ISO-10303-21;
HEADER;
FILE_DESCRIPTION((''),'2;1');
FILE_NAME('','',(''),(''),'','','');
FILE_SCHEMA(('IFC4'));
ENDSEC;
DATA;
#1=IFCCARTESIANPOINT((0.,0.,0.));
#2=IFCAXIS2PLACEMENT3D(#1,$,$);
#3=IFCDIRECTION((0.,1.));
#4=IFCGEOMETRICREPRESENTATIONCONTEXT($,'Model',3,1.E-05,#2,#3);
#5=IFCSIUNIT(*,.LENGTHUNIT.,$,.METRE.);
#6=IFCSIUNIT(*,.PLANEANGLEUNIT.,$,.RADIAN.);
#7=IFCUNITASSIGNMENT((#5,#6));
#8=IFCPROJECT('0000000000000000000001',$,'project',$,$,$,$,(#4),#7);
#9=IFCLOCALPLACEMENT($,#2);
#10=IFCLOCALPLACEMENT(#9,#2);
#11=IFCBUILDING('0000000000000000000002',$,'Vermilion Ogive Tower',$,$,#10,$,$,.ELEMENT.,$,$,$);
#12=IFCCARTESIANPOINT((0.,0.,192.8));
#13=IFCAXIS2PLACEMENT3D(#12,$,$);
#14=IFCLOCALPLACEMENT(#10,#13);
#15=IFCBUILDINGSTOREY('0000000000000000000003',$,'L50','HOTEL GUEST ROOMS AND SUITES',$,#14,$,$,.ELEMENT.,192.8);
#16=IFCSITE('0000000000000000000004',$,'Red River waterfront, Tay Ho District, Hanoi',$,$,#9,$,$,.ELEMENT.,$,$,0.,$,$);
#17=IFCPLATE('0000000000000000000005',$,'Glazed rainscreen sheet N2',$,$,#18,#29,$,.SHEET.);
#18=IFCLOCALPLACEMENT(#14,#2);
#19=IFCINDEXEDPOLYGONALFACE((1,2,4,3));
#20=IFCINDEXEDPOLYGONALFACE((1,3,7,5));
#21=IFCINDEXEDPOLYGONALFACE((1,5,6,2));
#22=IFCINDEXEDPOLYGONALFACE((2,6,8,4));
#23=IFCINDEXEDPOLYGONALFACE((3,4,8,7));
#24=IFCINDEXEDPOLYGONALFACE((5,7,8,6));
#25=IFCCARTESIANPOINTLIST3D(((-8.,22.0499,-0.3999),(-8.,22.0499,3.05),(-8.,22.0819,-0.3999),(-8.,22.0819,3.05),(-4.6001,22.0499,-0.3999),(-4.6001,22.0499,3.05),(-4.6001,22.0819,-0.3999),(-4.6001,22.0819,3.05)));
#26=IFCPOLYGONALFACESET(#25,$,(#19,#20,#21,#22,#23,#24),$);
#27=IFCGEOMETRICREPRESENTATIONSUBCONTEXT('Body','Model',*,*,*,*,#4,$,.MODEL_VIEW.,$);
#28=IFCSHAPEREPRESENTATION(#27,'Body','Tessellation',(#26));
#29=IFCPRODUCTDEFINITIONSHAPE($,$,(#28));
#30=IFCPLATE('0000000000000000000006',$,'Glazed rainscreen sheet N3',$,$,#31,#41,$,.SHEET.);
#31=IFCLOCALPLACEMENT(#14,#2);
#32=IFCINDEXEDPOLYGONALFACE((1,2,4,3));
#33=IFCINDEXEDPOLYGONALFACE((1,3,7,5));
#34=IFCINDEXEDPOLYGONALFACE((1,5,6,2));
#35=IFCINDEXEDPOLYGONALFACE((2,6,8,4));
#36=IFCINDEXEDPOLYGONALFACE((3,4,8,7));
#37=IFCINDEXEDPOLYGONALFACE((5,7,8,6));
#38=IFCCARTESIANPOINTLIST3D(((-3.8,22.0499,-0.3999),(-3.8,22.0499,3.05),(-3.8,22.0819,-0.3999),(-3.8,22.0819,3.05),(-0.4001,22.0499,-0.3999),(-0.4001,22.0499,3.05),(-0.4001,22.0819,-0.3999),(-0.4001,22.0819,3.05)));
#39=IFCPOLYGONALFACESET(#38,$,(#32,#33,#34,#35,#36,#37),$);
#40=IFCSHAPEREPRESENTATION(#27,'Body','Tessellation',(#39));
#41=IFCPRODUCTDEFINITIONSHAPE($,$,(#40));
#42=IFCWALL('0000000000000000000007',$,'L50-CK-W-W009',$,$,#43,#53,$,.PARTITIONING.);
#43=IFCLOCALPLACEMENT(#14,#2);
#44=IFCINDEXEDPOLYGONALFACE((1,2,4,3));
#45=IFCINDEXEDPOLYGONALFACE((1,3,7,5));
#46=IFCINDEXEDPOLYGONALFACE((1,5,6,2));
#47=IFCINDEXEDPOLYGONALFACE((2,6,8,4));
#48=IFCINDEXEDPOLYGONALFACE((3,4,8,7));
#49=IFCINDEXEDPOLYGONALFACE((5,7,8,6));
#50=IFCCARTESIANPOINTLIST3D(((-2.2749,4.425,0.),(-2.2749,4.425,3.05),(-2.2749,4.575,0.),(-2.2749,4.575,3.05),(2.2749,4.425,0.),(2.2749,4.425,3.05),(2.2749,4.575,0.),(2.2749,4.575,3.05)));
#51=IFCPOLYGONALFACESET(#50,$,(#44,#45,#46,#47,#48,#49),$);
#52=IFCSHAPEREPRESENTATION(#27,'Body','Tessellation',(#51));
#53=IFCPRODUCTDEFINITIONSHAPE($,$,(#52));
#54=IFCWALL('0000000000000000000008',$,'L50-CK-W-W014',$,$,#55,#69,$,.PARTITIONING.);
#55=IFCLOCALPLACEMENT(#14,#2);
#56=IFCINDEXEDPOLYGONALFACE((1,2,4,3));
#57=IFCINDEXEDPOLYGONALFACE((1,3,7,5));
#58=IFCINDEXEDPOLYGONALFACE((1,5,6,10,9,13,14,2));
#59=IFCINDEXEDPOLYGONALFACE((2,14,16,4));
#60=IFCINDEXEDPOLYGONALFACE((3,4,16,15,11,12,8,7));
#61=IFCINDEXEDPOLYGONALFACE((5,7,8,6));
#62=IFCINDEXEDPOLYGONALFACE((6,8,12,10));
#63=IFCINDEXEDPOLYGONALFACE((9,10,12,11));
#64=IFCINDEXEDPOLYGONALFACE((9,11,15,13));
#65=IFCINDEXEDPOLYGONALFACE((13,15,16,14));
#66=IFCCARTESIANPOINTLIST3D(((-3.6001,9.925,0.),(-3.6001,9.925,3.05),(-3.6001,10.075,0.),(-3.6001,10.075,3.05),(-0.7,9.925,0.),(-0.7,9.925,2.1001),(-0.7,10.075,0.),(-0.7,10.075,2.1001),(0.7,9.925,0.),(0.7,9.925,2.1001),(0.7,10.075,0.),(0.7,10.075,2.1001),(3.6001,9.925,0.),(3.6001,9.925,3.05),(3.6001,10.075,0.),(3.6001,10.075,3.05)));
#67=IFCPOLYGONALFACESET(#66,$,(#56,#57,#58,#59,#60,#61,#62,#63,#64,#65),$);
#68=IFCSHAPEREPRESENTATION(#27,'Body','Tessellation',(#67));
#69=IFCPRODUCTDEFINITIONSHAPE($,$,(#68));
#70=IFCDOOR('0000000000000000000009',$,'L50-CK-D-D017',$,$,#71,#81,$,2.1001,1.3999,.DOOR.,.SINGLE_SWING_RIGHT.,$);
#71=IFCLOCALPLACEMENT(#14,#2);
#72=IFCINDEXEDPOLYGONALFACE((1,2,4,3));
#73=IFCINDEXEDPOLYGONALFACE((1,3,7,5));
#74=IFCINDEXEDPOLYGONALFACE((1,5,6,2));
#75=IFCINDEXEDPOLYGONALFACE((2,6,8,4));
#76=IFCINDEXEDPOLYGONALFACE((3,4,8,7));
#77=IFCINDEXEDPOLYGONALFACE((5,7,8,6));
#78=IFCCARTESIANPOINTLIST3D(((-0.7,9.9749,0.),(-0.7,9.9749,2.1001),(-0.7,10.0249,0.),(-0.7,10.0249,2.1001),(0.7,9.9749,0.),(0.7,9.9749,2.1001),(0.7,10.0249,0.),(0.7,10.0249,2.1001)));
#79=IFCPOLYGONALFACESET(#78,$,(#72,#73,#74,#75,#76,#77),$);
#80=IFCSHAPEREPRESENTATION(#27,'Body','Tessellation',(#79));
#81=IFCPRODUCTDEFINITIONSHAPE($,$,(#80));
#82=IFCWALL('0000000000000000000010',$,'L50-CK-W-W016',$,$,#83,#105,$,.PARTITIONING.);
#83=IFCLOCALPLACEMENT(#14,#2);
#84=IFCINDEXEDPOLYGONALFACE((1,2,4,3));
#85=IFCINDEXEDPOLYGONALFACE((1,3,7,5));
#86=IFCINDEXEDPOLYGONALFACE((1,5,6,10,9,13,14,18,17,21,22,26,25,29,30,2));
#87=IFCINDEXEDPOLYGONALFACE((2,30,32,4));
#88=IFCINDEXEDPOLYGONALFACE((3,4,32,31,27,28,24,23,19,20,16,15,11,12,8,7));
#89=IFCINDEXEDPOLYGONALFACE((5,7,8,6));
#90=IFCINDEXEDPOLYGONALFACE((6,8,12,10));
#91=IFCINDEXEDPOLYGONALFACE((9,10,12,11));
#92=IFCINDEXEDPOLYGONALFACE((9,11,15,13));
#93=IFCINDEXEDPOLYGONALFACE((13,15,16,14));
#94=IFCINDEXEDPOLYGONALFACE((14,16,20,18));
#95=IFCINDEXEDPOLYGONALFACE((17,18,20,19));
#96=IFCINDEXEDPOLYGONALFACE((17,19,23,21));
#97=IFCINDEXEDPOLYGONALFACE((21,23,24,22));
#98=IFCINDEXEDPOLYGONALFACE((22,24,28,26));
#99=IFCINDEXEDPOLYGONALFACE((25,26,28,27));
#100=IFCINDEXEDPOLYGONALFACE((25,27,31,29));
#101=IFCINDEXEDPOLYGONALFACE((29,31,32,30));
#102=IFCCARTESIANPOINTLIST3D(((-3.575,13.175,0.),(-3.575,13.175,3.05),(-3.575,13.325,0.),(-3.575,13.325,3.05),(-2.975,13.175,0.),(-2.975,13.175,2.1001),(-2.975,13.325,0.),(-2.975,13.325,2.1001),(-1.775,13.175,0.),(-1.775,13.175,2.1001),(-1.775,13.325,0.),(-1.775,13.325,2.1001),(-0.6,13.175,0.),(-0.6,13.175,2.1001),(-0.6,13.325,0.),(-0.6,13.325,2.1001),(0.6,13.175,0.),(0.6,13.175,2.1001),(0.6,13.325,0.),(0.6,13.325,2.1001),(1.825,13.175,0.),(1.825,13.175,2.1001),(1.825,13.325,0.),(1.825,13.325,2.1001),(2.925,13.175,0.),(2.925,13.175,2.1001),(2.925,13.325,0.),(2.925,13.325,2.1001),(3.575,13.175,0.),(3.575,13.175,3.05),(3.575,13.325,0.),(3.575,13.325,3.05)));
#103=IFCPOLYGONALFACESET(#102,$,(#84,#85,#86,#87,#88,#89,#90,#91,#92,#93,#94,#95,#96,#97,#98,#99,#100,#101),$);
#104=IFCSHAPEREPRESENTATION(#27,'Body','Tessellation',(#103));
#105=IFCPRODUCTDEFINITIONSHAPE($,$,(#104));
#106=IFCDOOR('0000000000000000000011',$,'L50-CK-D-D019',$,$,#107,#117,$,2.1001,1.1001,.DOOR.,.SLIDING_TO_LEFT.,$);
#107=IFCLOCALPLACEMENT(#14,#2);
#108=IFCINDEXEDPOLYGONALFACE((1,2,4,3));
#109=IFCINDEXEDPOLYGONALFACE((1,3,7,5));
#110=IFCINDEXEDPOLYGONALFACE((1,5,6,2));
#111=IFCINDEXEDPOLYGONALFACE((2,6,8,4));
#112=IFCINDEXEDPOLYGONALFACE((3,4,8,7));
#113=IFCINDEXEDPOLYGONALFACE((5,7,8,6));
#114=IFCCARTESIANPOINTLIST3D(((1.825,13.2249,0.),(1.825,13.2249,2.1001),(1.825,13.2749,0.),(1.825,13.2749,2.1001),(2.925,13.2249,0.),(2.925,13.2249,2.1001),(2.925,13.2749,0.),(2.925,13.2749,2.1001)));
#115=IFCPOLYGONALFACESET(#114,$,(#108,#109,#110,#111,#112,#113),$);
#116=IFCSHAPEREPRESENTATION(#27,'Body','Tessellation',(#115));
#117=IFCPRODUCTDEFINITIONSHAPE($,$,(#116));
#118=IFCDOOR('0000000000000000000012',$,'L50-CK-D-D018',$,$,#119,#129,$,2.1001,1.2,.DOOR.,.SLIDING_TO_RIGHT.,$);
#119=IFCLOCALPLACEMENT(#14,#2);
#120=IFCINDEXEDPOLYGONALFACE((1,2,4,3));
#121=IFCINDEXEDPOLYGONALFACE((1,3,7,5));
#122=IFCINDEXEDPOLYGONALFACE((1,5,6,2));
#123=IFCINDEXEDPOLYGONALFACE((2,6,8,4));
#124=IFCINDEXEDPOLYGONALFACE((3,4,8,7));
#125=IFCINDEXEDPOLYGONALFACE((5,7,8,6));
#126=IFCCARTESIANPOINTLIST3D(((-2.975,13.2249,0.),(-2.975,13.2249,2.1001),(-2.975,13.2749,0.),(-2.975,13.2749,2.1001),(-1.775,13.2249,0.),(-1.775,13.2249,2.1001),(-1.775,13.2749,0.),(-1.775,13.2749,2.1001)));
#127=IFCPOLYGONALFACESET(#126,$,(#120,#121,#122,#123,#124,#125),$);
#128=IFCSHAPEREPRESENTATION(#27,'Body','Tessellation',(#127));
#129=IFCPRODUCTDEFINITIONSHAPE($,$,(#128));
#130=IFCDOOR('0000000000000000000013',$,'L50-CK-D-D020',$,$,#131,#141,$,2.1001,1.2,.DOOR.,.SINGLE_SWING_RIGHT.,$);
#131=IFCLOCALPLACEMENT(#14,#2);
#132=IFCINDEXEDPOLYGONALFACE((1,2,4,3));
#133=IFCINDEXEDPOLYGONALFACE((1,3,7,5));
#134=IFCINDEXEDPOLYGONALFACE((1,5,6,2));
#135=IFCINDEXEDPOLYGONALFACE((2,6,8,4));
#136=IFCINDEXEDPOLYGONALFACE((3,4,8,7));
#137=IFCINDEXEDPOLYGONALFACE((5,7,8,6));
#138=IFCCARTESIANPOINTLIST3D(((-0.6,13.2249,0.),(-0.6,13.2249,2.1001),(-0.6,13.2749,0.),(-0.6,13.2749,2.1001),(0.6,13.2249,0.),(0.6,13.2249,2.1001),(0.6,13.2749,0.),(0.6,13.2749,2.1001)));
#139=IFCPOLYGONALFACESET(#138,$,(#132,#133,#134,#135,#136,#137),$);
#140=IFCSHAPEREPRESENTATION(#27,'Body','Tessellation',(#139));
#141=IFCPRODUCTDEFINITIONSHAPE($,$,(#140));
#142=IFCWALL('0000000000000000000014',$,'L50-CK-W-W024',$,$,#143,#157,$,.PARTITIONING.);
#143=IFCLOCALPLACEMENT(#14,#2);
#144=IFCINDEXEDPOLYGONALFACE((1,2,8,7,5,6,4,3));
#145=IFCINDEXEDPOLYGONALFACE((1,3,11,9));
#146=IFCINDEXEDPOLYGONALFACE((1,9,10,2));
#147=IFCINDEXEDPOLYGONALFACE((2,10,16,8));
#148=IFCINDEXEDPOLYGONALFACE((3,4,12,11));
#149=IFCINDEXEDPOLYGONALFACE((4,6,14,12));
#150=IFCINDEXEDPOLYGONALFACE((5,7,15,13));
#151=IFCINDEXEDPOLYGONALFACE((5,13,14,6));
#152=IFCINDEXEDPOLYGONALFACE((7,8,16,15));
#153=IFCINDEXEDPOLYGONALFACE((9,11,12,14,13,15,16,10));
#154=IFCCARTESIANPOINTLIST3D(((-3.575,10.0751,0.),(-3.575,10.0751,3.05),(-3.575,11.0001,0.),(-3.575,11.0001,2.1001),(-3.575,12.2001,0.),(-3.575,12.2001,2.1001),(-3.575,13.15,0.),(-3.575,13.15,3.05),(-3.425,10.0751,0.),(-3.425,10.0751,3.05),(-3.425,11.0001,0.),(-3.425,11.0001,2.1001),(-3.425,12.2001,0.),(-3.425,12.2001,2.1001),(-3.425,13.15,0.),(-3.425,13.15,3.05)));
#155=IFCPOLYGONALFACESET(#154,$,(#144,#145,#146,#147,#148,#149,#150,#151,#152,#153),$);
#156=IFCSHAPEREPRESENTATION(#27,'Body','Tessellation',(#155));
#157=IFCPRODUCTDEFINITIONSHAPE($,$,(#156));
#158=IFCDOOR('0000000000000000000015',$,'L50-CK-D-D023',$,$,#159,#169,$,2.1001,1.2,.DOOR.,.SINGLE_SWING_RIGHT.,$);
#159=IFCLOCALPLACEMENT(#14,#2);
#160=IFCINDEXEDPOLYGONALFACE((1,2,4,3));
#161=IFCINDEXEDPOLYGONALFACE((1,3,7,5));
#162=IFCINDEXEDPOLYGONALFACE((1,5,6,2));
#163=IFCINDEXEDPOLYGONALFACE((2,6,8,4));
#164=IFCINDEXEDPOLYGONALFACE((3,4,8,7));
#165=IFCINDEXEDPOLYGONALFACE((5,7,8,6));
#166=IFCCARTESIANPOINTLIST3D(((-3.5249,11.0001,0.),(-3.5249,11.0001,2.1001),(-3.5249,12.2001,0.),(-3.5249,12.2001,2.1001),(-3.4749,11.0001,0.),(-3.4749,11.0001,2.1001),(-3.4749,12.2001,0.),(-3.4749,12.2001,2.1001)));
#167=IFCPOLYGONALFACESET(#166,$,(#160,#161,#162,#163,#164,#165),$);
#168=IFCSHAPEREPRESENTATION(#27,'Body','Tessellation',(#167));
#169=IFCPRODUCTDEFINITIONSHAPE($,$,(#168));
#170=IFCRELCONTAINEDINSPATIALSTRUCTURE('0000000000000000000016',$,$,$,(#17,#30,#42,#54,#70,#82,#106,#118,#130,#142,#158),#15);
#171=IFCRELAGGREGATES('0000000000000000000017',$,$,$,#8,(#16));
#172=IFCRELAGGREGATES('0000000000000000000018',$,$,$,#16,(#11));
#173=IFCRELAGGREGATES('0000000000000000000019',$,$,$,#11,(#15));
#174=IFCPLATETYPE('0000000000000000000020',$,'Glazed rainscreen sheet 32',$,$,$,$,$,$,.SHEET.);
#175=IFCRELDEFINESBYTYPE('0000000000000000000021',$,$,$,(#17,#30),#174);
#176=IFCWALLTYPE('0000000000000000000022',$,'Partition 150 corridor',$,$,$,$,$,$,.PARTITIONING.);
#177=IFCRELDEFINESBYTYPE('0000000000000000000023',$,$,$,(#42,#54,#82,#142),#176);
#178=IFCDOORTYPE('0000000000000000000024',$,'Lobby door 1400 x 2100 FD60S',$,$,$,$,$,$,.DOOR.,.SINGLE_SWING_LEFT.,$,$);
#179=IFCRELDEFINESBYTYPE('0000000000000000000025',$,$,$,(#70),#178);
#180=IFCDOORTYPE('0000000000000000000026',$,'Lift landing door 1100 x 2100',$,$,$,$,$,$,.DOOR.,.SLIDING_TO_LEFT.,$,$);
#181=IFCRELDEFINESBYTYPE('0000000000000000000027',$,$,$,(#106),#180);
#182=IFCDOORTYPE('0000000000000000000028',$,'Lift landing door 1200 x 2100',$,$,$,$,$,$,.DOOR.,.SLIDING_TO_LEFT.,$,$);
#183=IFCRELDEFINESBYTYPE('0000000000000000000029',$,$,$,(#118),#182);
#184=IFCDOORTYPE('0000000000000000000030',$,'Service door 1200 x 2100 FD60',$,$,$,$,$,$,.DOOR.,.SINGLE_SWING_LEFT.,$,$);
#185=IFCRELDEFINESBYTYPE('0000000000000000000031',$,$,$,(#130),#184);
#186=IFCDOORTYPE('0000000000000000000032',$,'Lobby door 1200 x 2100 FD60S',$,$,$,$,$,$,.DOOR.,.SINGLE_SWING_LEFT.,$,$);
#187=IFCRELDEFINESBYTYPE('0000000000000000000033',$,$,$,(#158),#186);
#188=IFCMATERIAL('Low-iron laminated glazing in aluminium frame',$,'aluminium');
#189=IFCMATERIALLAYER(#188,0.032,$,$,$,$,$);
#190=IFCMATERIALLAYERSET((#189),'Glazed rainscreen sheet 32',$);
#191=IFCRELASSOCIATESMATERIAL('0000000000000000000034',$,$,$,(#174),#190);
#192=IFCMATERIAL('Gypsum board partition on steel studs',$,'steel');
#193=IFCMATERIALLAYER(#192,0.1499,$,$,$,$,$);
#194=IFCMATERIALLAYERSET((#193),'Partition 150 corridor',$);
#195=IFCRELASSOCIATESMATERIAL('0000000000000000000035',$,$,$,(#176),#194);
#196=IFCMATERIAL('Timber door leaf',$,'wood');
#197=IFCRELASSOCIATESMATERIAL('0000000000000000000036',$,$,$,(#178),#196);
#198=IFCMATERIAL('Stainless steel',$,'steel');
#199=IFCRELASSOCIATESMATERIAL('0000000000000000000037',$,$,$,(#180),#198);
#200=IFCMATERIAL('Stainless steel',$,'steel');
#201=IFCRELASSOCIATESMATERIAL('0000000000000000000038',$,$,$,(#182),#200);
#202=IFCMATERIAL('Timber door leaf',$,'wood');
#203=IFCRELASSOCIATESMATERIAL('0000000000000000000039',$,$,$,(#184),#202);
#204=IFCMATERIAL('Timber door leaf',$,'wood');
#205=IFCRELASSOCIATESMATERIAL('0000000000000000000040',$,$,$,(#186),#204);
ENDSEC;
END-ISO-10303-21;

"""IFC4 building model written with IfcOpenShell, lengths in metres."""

from ifc_helpers import new_model, si_unit, direction, frame, frame_2d, origin, origin_2d, place, context, subcontext, project, spatial, rectangle, extrude, material, layer, layer_set, type_object, element, fill, save


model = new_model("IFC4")

# Units and contexts
model_context = context("Model", 3, precision=1e-05, world=origin(), true_north=direction((0.0, 1.0)))
body_context = subcontext(model_context, "Body", "Model", "MODEL_VIEW")
ifc_project = project(units=[si_unit("LENGTHUNIT", "METRE"), si_unit("PLANEANGLEUNIT", "RADIAN")], contexts=[model_context])

# Site, building, storey
site_placement = place(None, origin())
site = spatial("IfcSite", under=ifc_project, at=site_placement, Name="Red River waterfront, Tay Ho District, Hanoi", CompositionType="ELEMENT", RefElevation=0.0)
building_placement = place(site_placement, origin())
building = spatial("IfcBuilding", under=site, at=building_placement, Name="Vermilion Ogive Tower", CompositionType="ELEMENT")
storey_placement = place(building_placement, frame((0.0, 0.0, 192.8)))
storey = spatial("IfcBuildingStorey", under=building, at=storey_placement, Name="L50", Description="HOTEL GUEST ROOMS AND SUITES", CompositionType="ELEMENT", Elevation=192.8)

# Plates
ifc_material_1 = material(Name="Low-iron laminated glazing in aluminium frame", Category="aluminium")
ifc_layer_1 = layer(ifc_material_1, 0.032)
ifc_layer_set_1 = layer_set([ifc_layer_1], Name="Glazed rainscreen sheet 32")
plate_type = type_object("IfcPlateType", Name="Glazed rainscreen sheet 32", PredefinedType="SHEET", material=ifc_layer_set_1)
for number, where, z_axis, x_axis, name in (
    (1, (-6.3, 22.0659, -0.3999), (0.0, 0.0, 1.0), (1.0, 0.0, 0.0), "Glazed rainscreen sheet N2"),
    (2, (-2.1001, 22.0659, -0.3999), (0.0, 0.0, 1.0), (1.0, 0.0, 0.0), "Glazed rainscreen sheet N3"),
):
    element("IfcPlate", number, at=place(storey_placement, frame(where, z_axis=z_axis, x_axis=x_axis)), inside=storey, type_object=plate_type, Name=name, PredefinedType="SHEET", context=body_context, shape_type="SweptSolid", body=[
        extrude(rectangle(XDim=3.3999, YDim=0.032, at=origin_2d()), origin(), (0.0, 0.0, 1.0), 3.45),
    ])

# Wall
ifc_material_2 = material(Name="Gypsum board partition on steel studs", Category="steel")
ifc_layer_2 = layer(ifc_material_2, 0.1499)
ifc_layer_set_2 = layer_set([ifc_layer_2], Name="Partition 150 corridor")
wall_type_1 = type_object("IfcWallType", Name="Partition 150 corridor", PredefinedType="PARTITIONING", material=ifc_layer_set_2)
wall_1_placement = place(storey_placement, frame((-2.2749, 4.5, 0.0), z_axis=(0.0, 0.0, 1.0), x_axis=(1.0, 0.0, 0.0)))
element("IfcWall", 3, at=wall_1_placement, inside=storey, type_object=wall_type_1, Name="L50-CK-W-W009", PredefinedType="PARTITIONING", context=body_context, shape_type="SweptSolid", body=[
    extrude(rectangle(XDim=4.5498, YDim=0.1499, at=frame_2d((2.2749, 0.0))), origin(), (0.0, 0.0, 1.0), 3.05),
])

# Wall, opening, door
wall_2_placement = place(storey_placement, frame((-3.6001, 10.0, 0.0), z_axis=(0.0, 0.0, 1.0), x_axis=(1.0, 0.0, 0.0)))
wall_2 = element("IfcWall", 4, at=wall_2_placement, inside=storey, type_object=wall_type_1, Name="L50-CK-W-W014", PredefinedType="PARTITIONING", context=body_context, shape_type="SweptSolid", body=[
    extrude(rectangle(XDim=7.2002, YDim=0.1499, at=frame_2d((3.6001, 0.0))), origin(), (0.0, 0.0, 1.0), 3.05),
])
opening_1_placement = place(wall_2_placement, frame((2.9001, 0.0, 0.0)))
opening_1 = element("IfcOpeningElement", 5, at=opening_1_placement, cuts=wall_2, PredefinedType="OPENING", context=body_context, shape_type="SweptSolid", body=[
    extrude(rectangle(XDim=1.3999, YDim=2.1001, at=frame_2d((0.7, 1.05))), frame((0.0, 0.085, 0.0), z_axis=(0.0, -1.0, 0.0), x_axis=(1.0, 0.0, 0.0)), (0.0, 0.0, 1.0), 0.1699),
])
ifc_material_3 = material(Name="Timber door leaf", Category="wood")
door_type_1 = type_object("IfcDoorType", Name="Lobby door 1400 x 2100 FD60S", OperationType="SINGLE_SWING_LEFT", PredefinedType="DOOR", material=ifc_material_3)
door_1_placement = place(opening_1_placement, origin())
door_1 = element("IfcDoor", 6, at=door_1_placement, inside=storey, type_object=door_type_1, Name="L50-CK-D-D017", OperationType="SINGLE_SWING_RIGHT", OverallHeight=2.1001, OverallWidth=1.3999, PredefinedType="DOOR", context=body_context, shape_type="SweptSolid", body=[
    extrude(rectangle(XDim=1.3999, YDim=2.1001, at=frame_2d((0.7, 1.05))), frame((0.0, 0.0249, 0.0), z_axis=(0.0, -1.0, 0.0), x_axis=(1.0, 0.0, 0.0)), (0.0, 0.0, 1.0), 0.05),
])
fill(opening_1, door_1)

# Wall, openings, doors
wall_3_placement = place(storey_placement, frame((-3.575, 13.25, 0.0), z_axis=(0.0, 0.0, 1.0), x_axis=(1.0, 0.0, 0.0)))
wall_3 = element("IfcWall", 7, at=wall_3_placement, inside=storey, type_object=wall_type_1, Name="L50-CK-W-W016", PredefinedType="PARTITIONING", context=body_context, shape_type="SweptSolid", body=[
    extrude(rectangle(XDim=7.1499, YDim=0.1499, at=frame_2d((3.575, 0.0))), origin(), (0.0, 0.0, 1.0), 3.05),
])
opening_2_placement = place(wall_3_placement, frame((0.5999, 0.0, 0.0)))
opening_2 = element("IfcOpeningElement", 8, at=opening_2_placement, cuts=wall_3, PredefinedType="OPENING", context=body_context, shape_type="SweptSolid", body=[
    extrude(rectangle(XDim=1.2, YDim=2.1001, at=frame_2d((0.6001, 1.05))), frame((0.0, 0.085, 0.0), z_axis=(0.0, -1.0, 0.0), x_axis=(1.0, 0.0, 0.0)), (0.0, 0.0, 1.0), 0.1699),
])
opening_3_placement = place(wall_3_placement, frame((5.3999, 0.0, 0.0)))
opening_3 = element("IfcOpeningElement", 9, at=opening_3_placement, cuts=wall_3, PredefinedType="OPENING", context=body_context, shape_type="SweptSolid", body=[
    extrude(rectangle(XDim=1.1001, YDim=2.1001, at=frame_2d((0.55, 1.05))), frame((0.0, 0.085, 0.0), z_axis=(0.0, -1.0, 0.0), x_axis=(1.0, 0.0, 0.0)), (0.0, 0.0, 1.0), 0.1699),
])
opening_4_placement = place(wall_3_placement, frame((2.9749, 0.0, 0.0)))
opening_4 = element("IfcOpeningElement", 10, at=opening_4_placement, cuts=wall_3, PredefinedType="OPENING", context=body_context, shape_type="SweptSolid", body=[
    extrude(rectangle(XDim=1.2, YDim=2.1001, at=frame_2d((0.6001, 1.05))), frame((0.0, 0.085, 0.0), z_axis=(0.0, -1.0, 0.0), x_axis=(1.0, 0.0, 0.0)), (0.0, 0.0, 1.0), 0.1699),
])
ifc_material_4 = material(Name="Stainless steel", Category="steel")
door_type_2 = type_object("IfcDoorType", Name="Lift landing door 1100 x 2100", OperationType="SLIDING_TO_LEFT", PredefinedType="DOOR", material=ifc_material_4)
door_2_placement = place(opening_3_placement, origin())
door_2 = element("IfcDoor", 11, at=door_2_placement, inside=storey, type_object=door_type_2, Name="L50-CK-D-D019", OperationType="SLIDING_TO_LEFT", OverallHeight=2.1001, OverallWidth=1.1001, PredefinedType="DOOR", context=body_context, shape_type="SweptSolid", body=[
    extrude(rectangle(XDim=1.1001, YDim=2.1001, at=frame_2d((0.55, 1.05))), frame((0.0, 0.0249, 0.0), z_axis=(0.0, -1.0, 0.0), x_axis=(1.0, 0.0, 0.0)), (0.0, 0.0, 1.0), 0.05),
])
fill(opening_3, door_2)
ifc_material_5 = material(Name="Stainless steel", Category="steel")
door_type_3 = type_object("IfcDoorType", Name="Lift landing door 1200 x 2100", OperationType="SLIDING_TO_LEFT", PredefinedType="DOOR", material=ifc_material_5)
door_3_placement = place(opening_2_placement, origin())
door_3 = element("IfcDoor", 12, at=door_3_placement, inside=storey, type_object=door_type_3, Name="L50-CK-D-D018", OperationType="SLIDING_TO_RIGHT", OverallHeight=2.1001, OverallWidth=1.2, PredefinedType="DOOR", context=body_context, shape_type="SweptSolid", body=[
    extrude(rectangle(XDim=1.2, YDim=2.1001, at=frame_2d((0.6001, 1.05))), frame((0.0, 0.0249, 0.0), z_axis=(0.0, -1.0, 0.0), x_axis=(1.0, 0.0, 0.0)), (0.0, 0.0, 1.0), 0.05),
])
fill(opening_2, door_3)
ifc_material_6 = material(Name="Timber door leaf", Category="wood")
door_type_4 = type_object("IfcDoorType", Name="Service door 1200 x 2100 FD60", OperationType="SINGLE_SWING_LEFT", PredefinedType="DOOR", material=ifc_material_6)
door_4_placement = place(opening_4_placement, origin())
door_4 = element("IfcDoor", 13, at=door_4_placement, inside=storey, type_object=door_type_4, Name="L50-CK-D-D020", OperationType="SINGLE_SWING_RIGHT", OverallHeight=2.1001, OverallWidth=1.2, PredefinedType="DOOR", context=body_context, shape_type="SweptSolid", body=[
    extrude(rectangle(XDim=1.2, YDim=2.1001, at=frame_2d((0.6001, 1.05))), frame((0.0, 0.0249, 0.0), z_axis=(0.0, -1.0, 0.0), x_axis=(1.0, 0.0, 0.0)), (0.0, 0.0, 1.0), 0.05),
])
fill(opening_4, door_4)

# Wall, opening, door
wall_4_placement = place(storey_placement, frame((-3.5, 10.075, 0.0), z_axis=(0.0, 0.0, 1.0), x_axis=(0.0, 1.0, 0.0)))
wall_4 = element("IfcWall", 14, at=wall_4_placement, inside=storey, type_object=wall_type_1, Name="L50-CK-W-W024", PredefinedType="PARTITIONING", context=body_context, shape_type="SweptSolid", body=[
    extrude(rectangle(XDim=3.075, YDim=0.1499, at=frame_2d((1.5376, 0.0))), origin(), (0.0, 0.0, 1.0), 3.05),
])
opening_5_placement = place(wall_4_placement, frame((0.925, 0.0, 0.0)))
opening_5 = element("IfcOpeningElement", 15, at=opening_5_placement, cuts=wall_4, PredefinedType="OPENING", context=body_context, shape_type="SweptSolid", body=[
    extrude(rectangle(XDim=1.2, YDim=2.1001, at=frame_2d((0.6001, 1.05))), frame((0.0, 0.085, 0.0), z_axis=(0.0, -1.0, 0.0), x_axis=(1.0, 0.0, 0.0)), (0.0, 0.0, 1.0), 0.1699),
])
ifc_material_7 = material(Name="Timber door leaf", Category="wood")
door_type_5 = type_object("IfcDoorType", Name="Lobby door 1200 x 2100 FD60S", OperationType="SINGLE_SWING_LEFT", PredefinedType="DOOR", material=ifc_material_7)
door_5_placement = place(opening_5_placement, origin())
door_5 = element("IfcDoor", 16, at=door_5_placement, inside=storey, type_object=door_type_5, Name="L50-CK-D-D023", OperationType="SINGLE_SWING_RIGHT", OverallHeight=2.1001, OverallWidth=1.2, PredefinedType="DOOR", context=body_context, shape_type="SweptSolid", body=[
    extrude(rectangle(XDim=1.2, YDim=2.1001, at=frame_2d((0.6001, 1.05))), frame((0.0, 0.0249, 0.0), z_axis=(0.0, -1.0, 0.0), x_axis=(1.0, 0.0, 0.0)), (0.0, 0.0, 1.0), 0.05),
])
fill(opening_5, door_5)

save(model, "model.ifc")
